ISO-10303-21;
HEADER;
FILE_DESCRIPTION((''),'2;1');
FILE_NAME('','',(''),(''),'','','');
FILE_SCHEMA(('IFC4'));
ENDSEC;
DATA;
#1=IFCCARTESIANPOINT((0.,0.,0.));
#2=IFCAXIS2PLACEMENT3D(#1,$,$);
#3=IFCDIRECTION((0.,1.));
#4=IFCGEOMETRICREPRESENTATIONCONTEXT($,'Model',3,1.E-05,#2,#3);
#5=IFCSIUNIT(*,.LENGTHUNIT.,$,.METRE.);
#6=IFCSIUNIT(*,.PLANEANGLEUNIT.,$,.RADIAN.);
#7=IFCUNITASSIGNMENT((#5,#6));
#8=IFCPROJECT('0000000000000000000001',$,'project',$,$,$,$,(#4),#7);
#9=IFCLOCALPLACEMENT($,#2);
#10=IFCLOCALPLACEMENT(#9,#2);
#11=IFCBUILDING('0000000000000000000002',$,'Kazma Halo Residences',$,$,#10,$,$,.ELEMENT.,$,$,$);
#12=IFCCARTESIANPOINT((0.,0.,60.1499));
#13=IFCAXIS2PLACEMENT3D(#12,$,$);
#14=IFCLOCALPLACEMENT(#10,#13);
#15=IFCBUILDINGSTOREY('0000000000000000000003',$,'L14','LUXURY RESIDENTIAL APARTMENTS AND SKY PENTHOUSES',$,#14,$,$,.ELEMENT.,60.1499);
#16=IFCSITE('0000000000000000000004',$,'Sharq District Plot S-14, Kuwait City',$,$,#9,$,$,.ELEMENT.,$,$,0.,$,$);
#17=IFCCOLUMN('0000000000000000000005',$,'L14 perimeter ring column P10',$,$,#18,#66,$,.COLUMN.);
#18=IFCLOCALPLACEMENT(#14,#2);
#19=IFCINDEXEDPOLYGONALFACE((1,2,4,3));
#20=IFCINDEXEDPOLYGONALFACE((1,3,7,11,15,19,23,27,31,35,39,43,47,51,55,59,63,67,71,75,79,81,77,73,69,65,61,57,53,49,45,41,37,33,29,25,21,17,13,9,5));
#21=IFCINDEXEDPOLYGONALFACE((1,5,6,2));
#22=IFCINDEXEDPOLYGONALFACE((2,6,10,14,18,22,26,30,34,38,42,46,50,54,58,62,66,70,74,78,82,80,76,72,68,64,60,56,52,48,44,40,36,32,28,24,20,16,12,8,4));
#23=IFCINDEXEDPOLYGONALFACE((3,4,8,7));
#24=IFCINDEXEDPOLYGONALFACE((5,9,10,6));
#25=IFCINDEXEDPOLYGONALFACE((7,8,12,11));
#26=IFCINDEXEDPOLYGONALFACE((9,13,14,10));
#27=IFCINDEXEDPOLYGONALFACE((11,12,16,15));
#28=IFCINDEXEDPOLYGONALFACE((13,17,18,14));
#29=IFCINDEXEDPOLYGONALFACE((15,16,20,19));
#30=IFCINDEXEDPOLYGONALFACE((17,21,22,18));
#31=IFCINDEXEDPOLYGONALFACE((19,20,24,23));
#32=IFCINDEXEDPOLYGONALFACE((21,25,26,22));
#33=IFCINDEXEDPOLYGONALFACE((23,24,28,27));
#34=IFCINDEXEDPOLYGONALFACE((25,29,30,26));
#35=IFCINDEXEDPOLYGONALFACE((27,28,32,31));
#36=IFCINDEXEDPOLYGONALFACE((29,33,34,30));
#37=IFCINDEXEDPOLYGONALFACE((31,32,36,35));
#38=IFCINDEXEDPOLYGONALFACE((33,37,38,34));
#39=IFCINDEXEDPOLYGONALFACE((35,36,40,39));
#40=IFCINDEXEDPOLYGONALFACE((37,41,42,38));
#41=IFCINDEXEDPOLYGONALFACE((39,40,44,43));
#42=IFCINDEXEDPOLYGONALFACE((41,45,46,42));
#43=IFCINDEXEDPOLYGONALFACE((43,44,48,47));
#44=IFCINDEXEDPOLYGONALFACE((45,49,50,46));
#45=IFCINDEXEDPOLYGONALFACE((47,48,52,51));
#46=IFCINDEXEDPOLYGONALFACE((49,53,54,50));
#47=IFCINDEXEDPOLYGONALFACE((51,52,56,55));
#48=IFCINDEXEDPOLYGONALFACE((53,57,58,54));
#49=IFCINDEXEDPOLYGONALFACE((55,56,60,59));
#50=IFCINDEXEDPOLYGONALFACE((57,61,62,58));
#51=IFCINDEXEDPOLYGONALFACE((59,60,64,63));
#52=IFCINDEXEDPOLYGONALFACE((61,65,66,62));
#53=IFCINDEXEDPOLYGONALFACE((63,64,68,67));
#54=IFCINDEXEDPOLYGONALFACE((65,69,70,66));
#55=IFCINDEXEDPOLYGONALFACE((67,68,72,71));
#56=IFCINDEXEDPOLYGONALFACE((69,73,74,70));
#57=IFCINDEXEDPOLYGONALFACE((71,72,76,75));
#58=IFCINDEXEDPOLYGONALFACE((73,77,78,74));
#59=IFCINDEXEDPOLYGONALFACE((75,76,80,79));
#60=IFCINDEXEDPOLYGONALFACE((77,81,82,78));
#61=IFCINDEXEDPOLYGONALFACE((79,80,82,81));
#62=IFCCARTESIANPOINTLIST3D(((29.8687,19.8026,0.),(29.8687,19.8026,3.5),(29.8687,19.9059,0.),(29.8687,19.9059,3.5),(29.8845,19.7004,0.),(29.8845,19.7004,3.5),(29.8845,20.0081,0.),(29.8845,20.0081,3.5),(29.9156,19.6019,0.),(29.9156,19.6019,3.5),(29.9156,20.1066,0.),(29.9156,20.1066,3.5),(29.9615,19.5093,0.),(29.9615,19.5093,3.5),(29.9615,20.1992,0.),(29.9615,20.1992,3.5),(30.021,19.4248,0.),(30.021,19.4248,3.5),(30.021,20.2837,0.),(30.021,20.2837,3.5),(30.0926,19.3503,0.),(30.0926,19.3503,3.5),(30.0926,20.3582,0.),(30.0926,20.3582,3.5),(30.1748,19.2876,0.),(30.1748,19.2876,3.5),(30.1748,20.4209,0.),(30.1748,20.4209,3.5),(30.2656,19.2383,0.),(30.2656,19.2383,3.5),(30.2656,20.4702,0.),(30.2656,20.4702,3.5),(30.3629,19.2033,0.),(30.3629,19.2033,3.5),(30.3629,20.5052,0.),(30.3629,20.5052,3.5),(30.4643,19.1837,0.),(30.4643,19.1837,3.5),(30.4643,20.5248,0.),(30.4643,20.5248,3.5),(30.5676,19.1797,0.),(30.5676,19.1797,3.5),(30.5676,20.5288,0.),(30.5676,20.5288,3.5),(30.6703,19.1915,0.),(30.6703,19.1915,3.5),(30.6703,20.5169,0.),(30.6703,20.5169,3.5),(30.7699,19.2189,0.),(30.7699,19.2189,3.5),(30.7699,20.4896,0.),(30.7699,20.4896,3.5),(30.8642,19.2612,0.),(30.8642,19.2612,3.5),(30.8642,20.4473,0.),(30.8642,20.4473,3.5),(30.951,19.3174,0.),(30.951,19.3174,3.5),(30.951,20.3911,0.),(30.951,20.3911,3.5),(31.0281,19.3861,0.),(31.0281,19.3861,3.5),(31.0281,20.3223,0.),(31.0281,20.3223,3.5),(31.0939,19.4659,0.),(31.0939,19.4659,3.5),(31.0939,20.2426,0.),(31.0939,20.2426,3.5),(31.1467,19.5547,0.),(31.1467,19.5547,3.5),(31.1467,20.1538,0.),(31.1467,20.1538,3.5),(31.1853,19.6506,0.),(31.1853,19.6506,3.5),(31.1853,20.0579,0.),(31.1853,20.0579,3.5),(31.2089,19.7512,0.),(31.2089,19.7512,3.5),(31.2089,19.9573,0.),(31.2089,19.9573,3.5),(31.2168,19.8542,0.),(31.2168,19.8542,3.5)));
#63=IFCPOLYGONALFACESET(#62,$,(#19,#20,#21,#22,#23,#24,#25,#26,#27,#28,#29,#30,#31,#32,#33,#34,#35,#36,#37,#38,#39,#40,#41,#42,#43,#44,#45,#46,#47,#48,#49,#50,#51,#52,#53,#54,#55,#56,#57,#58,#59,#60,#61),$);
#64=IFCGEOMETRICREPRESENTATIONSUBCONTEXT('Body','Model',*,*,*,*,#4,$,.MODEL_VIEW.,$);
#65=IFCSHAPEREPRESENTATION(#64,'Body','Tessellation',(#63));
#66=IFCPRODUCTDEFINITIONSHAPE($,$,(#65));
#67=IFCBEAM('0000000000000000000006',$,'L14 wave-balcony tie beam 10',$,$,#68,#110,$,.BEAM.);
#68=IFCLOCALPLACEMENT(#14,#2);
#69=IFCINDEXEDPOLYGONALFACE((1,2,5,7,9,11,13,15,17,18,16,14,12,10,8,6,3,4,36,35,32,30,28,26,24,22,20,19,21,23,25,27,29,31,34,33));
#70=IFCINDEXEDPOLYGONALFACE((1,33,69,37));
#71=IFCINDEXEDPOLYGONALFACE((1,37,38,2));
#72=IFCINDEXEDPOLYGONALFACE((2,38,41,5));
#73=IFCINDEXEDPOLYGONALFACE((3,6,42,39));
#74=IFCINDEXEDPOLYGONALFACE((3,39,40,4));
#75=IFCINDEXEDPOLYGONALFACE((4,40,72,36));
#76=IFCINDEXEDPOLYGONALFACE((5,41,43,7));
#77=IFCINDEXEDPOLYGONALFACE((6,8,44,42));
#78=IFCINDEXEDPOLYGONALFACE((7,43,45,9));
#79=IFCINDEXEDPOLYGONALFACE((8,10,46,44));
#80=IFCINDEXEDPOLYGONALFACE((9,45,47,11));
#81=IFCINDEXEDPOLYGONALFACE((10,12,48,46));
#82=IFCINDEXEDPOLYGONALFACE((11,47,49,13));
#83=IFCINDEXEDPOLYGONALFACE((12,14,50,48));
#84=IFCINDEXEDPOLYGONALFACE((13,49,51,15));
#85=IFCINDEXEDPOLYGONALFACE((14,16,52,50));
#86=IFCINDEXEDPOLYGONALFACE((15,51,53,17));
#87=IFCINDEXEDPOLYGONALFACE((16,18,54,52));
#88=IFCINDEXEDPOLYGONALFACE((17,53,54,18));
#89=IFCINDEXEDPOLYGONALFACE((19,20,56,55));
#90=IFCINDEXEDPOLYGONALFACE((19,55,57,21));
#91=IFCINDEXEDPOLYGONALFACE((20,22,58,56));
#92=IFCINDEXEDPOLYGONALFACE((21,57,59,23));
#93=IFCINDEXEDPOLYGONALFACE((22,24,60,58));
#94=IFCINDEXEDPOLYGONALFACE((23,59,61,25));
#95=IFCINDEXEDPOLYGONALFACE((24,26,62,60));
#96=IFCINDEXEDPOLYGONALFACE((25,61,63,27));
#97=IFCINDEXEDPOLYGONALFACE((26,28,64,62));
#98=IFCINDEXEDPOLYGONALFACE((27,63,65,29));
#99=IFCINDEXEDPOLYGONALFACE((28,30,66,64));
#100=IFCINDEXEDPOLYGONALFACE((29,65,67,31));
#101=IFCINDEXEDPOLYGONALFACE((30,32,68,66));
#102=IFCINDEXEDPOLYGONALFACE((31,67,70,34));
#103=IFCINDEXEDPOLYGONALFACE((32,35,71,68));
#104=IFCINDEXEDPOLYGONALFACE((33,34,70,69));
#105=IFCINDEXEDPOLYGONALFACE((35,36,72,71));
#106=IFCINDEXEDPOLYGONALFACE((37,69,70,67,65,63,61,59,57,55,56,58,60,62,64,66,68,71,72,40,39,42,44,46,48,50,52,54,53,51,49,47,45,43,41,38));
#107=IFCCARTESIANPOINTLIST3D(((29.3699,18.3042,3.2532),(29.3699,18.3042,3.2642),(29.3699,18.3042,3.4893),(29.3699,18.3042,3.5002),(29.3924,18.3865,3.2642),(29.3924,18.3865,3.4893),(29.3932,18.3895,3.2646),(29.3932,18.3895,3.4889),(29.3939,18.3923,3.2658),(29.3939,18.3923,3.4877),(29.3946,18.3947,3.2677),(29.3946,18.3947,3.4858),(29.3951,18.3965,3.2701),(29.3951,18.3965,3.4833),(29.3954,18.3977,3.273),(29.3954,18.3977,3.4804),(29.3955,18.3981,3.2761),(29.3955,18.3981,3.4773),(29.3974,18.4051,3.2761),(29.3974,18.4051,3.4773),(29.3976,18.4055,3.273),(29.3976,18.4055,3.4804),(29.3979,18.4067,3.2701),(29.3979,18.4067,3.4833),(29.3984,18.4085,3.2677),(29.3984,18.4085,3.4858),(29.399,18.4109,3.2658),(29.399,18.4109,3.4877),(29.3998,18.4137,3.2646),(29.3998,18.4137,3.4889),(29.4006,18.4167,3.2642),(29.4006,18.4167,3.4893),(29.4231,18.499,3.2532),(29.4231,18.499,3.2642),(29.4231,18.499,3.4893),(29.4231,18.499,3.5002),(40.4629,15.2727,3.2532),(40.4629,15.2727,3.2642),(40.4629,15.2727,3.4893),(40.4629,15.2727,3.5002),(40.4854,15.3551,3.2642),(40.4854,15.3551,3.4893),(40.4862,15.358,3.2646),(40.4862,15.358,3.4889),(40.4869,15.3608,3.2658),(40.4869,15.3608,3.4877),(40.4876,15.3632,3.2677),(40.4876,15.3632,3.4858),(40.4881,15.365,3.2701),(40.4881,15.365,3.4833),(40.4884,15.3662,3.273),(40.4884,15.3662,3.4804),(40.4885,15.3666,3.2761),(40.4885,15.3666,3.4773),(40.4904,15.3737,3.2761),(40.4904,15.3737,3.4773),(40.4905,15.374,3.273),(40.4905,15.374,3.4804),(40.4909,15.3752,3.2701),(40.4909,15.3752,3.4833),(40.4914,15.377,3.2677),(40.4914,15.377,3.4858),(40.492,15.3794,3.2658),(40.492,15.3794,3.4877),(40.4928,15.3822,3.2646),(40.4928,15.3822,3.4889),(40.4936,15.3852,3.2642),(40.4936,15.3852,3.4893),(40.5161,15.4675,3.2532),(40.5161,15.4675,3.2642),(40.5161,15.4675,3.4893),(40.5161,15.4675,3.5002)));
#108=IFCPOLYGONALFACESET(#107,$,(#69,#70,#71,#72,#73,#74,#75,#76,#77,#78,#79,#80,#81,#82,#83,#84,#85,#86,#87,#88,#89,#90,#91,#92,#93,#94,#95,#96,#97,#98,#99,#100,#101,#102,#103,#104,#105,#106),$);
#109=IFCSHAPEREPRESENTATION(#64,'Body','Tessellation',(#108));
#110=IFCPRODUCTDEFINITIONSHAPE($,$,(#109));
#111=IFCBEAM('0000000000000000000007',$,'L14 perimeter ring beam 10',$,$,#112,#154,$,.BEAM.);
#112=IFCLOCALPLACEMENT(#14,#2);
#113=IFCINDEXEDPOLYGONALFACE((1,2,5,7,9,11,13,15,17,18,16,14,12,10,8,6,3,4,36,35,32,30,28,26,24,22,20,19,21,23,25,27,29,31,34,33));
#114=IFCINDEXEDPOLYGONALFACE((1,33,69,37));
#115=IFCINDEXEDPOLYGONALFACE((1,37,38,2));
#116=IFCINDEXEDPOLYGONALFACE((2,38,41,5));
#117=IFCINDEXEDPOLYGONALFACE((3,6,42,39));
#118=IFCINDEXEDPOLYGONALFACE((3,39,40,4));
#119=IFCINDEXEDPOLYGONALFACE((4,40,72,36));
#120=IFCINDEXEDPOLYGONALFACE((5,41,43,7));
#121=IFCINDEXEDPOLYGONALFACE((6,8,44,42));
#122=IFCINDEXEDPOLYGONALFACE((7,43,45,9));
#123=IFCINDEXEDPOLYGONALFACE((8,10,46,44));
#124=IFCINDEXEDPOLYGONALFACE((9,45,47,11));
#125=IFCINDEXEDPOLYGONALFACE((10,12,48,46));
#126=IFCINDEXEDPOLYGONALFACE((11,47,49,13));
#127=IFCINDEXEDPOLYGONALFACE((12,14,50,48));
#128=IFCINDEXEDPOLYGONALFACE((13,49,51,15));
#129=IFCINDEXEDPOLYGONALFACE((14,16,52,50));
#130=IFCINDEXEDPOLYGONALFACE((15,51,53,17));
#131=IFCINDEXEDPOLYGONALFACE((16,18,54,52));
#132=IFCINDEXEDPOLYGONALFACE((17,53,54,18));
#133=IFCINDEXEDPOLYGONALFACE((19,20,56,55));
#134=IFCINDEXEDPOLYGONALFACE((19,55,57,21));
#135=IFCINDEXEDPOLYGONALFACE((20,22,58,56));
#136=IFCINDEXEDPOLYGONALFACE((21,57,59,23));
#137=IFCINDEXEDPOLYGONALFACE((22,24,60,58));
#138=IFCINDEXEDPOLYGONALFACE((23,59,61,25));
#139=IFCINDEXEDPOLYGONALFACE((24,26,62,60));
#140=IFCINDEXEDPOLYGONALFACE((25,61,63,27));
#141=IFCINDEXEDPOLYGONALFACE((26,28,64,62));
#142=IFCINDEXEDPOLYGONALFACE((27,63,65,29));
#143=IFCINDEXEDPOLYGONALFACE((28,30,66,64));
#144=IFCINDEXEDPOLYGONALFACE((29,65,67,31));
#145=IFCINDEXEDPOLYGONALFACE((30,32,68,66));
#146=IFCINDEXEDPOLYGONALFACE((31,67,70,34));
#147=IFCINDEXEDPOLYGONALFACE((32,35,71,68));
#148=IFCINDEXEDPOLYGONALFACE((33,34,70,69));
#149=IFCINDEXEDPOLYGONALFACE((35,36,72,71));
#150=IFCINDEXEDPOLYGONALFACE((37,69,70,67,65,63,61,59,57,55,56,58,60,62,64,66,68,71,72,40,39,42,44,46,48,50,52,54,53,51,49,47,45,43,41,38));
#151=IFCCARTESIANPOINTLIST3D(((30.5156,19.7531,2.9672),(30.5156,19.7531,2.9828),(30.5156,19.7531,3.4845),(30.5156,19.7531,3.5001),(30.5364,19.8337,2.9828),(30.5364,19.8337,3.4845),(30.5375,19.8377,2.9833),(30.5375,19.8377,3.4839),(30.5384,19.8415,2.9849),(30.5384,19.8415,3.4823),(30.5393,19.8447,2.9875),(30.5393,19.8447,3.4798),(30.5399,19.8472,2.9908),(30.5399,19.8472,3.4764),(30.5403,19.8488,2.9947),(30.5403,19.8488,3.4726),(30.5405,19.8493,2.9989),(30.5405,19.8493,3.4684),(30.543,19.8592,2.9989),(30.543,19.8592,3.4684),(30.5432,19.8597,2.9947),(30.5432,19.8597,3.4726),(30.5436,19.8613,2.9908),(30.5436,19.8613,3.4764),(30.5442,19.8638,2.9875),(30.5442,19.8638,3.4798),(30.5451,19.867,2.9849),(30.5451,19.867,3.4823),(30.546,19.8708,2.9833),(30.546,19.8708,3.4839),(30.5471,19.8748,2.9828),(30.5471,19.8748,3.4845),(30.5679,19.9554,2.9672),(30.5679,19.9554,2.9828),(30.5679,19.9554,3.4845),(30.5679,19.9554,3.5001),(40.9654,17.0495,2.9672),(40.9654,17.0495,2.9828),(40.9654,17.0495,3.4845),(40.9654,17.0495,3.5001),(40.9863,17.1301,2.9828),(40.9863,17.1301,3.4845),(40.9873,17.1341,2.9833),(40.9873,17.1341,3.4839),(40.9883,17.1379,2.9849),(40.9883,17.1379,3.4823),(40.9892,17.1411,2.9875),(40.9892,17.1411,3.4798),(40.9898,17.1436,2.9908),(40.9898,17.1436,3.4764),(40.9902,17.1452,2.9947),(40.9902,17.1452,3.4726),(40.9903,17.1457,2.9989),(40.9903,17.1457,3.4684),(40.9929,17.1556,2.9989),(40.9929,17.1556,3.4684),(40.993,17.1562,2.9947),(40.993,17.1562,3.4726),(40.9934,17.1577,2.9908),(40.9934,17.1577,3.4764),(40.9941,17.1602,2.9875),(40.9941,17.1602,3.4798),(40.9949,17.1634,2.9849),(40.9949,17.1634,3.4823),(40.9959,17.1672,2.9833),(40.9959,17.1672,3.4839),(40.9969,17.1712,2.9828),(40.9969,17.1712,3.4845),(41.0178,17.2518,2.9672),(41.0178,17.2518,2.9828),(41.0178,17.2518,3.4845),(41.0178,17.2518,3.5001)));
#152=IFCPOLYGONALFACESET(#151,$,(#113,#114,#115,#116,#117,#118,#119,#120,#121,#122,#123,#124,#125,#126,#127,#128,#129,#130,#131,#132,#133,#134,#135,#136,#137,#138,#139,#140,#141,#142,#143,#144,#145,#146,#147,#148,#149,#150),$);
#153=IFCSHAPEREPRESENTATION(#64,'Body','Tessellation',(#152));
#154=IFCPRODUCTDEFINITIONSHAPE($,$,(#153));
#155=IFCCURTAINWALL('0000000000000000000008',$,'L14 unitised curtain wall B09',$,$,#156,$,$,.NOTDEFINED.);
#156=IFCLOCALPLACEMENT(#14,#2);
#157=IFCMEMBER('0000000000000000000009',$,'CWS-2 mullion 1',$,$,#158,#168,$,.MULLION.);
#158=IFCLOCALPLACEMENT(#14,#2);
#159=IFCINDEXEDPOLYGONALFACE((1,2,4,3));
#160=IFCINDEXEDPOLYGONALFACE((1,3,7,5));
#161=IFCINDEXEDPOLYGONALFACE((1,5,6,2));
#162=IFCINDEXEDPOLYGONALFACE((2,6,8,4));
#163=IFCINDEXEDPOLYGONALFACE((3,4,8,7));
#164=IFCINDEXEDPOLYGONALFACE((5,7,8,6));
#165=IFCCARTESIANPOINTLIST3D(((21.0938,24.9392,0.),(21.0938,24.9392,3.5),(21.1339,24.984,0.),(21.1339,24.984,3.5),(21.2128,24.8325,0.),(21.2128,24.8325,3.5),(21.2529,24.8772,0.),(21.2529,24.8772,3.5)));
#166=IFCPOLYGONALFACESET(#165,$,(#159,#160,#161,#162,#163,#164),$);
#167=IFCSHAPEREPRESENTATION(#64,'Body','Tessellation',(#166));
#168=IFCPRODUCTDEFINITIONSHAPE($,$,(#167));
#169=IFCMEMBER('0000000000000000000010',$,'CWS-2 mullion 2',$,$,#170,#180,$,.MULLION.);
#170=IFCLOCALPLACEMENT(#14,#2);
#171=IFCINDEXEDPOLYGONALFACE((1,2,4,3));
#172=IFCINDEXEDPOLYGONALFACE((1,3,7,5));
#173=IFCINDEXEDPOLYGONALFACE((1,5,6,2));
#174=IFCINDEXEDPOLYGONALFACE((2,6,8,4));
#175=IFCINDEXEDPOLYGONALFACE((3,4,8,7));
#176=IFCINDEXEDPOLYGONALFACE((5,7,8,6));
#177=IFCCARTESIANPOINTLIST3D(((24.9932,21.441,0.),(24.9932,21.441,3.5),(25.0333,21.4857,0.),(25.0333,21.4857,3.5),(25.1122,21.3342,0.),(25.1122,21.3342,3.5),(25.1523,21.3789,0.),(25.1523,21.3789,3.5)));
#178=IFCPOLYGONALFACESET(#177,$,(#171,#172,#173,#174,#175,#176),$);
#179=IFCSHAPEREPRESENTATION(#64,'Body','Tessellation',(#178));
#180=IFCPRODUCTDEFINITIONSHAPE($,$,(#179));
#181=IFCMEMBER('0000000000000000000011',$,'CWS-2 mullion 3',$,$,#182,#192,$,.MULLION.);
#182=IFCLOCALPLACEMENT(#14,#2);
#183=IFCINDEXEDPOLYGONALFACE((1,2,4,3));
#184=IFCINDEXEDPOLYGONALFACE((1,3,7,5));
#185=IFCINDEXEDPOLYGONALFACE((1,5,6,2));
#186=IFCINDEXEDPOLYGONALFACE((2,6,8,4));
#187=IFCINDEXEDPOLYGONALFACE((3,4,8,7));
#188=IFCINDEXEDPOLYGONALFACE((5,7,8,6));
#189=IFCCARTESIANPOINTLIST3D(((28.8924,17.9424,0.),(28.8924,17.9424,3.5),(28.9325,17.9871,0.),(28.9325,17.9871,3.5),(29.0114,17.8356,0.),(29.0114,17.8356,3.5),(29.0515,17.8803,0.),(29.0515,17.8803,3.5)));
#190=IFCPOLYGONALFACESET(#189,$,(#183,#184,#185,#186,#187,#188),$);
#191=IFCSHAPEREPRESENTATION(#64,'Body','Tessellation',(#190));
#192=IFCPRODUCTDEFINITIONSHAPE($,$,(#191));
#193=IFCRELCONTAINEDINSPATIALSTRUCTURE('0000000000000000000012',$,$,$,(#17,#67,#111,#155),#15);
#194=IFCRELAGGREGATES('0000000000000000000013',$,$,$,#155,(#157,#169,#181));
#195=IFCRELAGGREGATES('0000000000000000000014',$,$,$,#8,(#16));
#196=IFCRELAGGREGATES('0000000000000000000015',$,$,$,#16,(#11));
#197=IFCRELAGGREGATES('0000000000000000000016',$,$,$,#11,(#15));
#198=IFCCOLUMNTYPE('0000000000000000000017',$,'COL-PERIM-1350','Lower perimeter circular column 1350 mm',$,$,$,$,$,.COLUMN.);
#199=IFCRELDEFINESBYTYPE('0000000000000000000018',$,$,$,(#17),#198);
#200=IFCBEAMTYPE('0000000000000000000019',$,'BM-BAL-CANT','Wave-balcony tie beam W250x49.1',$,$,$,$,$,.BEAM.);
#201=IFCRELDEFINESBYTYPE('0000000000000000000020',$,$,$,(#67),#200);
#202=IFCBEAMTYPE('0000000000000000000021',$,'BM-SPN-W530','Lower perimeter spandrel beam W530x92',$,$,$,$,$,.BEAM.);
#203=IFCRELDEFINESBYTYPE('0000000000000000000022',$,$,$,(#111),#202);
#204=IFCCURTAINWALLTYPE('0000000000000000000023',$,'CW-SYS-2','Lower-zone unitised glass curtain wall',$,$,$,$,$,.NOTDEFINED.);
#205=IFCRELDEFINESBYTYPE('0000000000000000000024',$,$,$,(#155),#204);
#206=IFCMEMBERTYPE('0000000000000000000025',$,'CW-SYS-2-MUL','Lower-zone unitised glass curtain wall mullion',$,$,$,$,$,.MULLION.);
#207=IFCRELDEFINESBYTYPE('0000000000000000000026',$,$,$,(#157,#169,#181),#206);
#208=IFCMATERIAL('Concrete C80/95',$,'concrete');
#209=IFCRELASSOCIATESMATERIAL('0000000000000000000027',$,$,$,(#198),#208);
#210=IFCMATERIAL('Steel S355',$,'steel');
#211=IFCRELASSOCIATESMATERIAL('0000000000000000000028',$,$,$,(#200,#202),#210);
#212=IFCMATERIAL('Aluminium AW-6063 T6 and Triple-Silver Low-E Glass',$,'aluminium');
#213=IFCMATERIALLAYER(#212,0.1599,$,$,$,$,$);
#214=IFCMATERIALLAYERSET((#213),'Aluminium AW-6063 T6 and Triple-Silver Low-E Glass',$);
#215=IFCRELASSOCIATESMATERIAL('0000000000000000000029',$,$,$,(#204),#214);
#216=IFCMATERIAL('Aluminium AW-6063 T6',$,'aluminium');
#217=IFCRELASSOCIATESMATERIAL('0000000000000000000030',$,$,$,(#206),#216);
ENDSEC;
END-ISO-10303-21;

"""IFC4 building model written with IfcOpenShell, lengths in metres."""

from ifc_helpers import new_model, si_unit, direction, frame, origin, origin_2d, place, context, subcontext, project, spatial, rectangle, circle, i_section, extrude, material, layer, layer_set, material_profile, profile_set, type_object, element, aggregate, save


model = new_model("IFC4")

# Units and contexts
model_context = context("Model", 3, precision=1e-05, world=origin(), true_north=direction((0.0, 1.0)))
body_context = subcontext(model_context, "Body", "Model", "MODEL_VIEW")
ifc_project = project(units=[si_unit("LENGTHUNIT", "METRE"), si_unit("PLANEANGLEUNIT", "RADIAN")], contexts=[model_context])

# Site, building, storey
site_placement = place(None, origin())
site = spatial("IfcSite", under=ifc_project, at=site_placement, Name="Sharq District Plot S-14, Kuwait City", CompositionType="ELEMENT", RefElevation=0.0)
building_placement = place(site_placement, origin())
building = spatial("IfcBuilding", under=site, at=building_placement, Name="Kazma Halo Residences", CompositionType="ELEMENT")
storey_placement = place(building_placement, frame((0.0, 0.0, 60.1499)))
storey = spatial("IfcBuildingStorey", under=building, at=storey_placement, Name="L14", Description="LUXURY RESIDENTIAL APARTMENTS AND SKY PENTHOUSES", CompositionType="ELEMENT", Elevation=60.1499)

# Column
ifc_material_1 = material(Name="Concrete C80/95", Category="concrete")
ifc_material_profile_1 = material_profile(ifc_material_1, circle(Radius=0.675, at=origin_2d()), Name="CIRC1350")
ifc_profile_set_1 = profile_set([ifc_material_profile_1], Name="Concrete C80/95")
column_type = type_object("IfcColumnType", Name="COL-PERIM-1350", Description="Lower perimeter circular column 1350 mm", PredefinedType="COLUMN", material=ifc_profile_set_1)
column_placement = place(storey_placement, frame((30.5417, 19.8542, 0.0), z_axis=(0.0, 0.0, 1.0), x_axis=(1.0, 0.0, 0.0)))
element("IfcColumn", 1, at=column_placement, inside=storey, type_object=column_type, Name="L14 perimeter ring column P10", PredefinedType="COLUMN", context=body_context, shape_type="SweptSolid", body=[
    extrude(circle(Radius=0.675, at=origin_2d()), origin(), (0.0, 0.0, 1.0), 3.5),
])

# Beams
ifc_material_2 = material(Name="Steel S355", Category="steel")
ifc_material_profile_2 = material_profile(ifc_material_2, i_section(OverallWidth=0.2019, OverallDepth=0.2471, WebThickness=0.0073, FlangeThickness=0.011, FilletRadius=0.012, at=origin_2d()), Name="W250x49.1")
ifc_profile_set_2 = profile_set([ifc_material_profile_2], Name="Steel S355")
beam_type_1 = type_object("IfcBeamType", Name="BM-BAL-CANT", Description="Wave-balcony tie beam W250x49.1", PredefinedType="BEAM", material=ifc_profile_set_2)
beam_1_placement = place(storey_placement, frame((29.3965, 18.4016, 3.3767), z_axis=(0.964628, -0.263613, 0.0), x_axis=(0.263613, 0.964628, 0.0)))
element("IfcBeam", 2, at=beam_1_placement, inside=storey, type_object=beam_type_1, Name="L14 wave-balcony tie beam 10", PredefinedType="BEAM", context=body_context, shape_type="SweptSolid", body=[
    extrude(i_section(OverallWidth=0.2019, OverallDepth=0.2471, WebThickness=0.0073, FlangeThickness=0.011, FilletRadius=0.012, at=origin_2d()), origin(), (0.0, 0.0, 1.0), 11.4998),
])
ifc_material_profile_3 = material_profile(ifc_material_2, i_section(OverallWidth=0.209, OverallDepth=0.533, WebThickness=0.0103, FlangeThickness=0.0156, FilletRadius=0.0161, at=origin_2d()), Name="W530x92")
ifc_profile_set_3 = profile_set([ifc_material_profile_3], Name="Steel S355")
beam_type_2 = type_object("IfcBeamType", Name="BM-SPN-W530", Description="Lower perimeter spandrel beam W530x92", PredefinedType="BEAM", material=ifc_profile_set_3)
beam_2_placement = place(storey_placement, frame((30.5417, 19.8542, 3.2336), z_axis=(0.968124, -0.250473, 0.0), x_axis=(0.250473, 0.968124, 0.0)))
element("IfcBeam", 3, at=beam_2_placement, inside=storey, type_object=beam_type_2, Name="L14 perimeter ring beam 10", PredefinedType="BEAM", context=body_context, shape_type="SweptSolid", body=[
    extrude(i_section(OverallWidth=0.209, OverallDepth=0.533, WebThickness=0.0103, FlangeThickness=0.0156, FilletRadius=0.0161, at=origin_2d()), origin(), (0.0, 0.0, 1.0), 10.7939),
])

# Curtain wall, members
ifc_material_3 = material(Name="Aluminium AW-6063 T6 and Triple-Silver Low-E Glass", Category="aluminium")
ifc_layer_1 = layer(ifc_material_3, 0.1599)
ifc_layer_set_1 = layer_set([ifc_layer_1], Name="Aluminium AW-6063 T6 and Triple-Silver Low-E Glass")
curtain_wall_type = type_object("IfcCurtainWallType", Name="CW-SYS-2", Description="Lower-zone unitised glass curtain wall", PredefinedType="NOTDEFINED", material=ifc_layer_set_1)
curtain_wall_placement = place(storey_placement, origin())
curtain_wall = element("IfcCurtainWall", 4, at=curtain_wall_placement, inside=storey, type_object=curtain_wall_type, Name="L14 unitised curtain wall B09", PredefinedType="NOTDEFINED")
ifc_material_4 = material(Name="Aluminium AW-6063 T6", Category="aluminium")
ifc_material_profile_4 = material_profile(ifc_material_4, rectangle(XDim=0.0601, YDim=0.1599, at=origin_2d()), Name="CWM-60x160")
ifc_profile_set_4 = profile_set([ifc_material_profile_4], Name="Aluminium AW-6063 T6")
member_type_1 = type_object("IfcMemberType", Name="CW-SYS-2-MUL", Description="Lower-zone unitised glass curtain wall mullion", PredefinedType="MULLION", material=ifc_profile_set_4)
member_1_placement = place(storey_placement, frame((21.1733, 24.9082, 0.0), z_axis=(0.0, 0.0, 1.0), x_axis=(0.667821, 0.744322, 0.0)))
member_1 = element("IfcMember", 5, at=member_1_placement, type_object=member_type_1, Name="CWS-2 mullion 1", PredefinedType="MULLION", context=body_context, shape_type="SweptSolid", body=[
    extrude(rectangle(XDim=0.0601, YDim=0.1599, at=origin_2d()), origin(), (0.0, 0.0, 1.0), 3.5),
])
member_2_placement = place(storey_placement, frame((25.0728, 21.4099, 0.0), z_axis=(0.0, 0.0, 1.0), x_axis=(0.667821, 0.744322, 0.0)))
member_2 = element("IfcMember", 6, at=member_2_placement, type_object=member_type_1, Name="CWS-2 mullion 2", PredefinedType="MULLION", context=body_context, shape_type="SweptSolid", body=[
    extrude(rectangle(XDim=0.0601, YDim=0.1599, at=origin_2d()), origin(), (0.0, 0.0, 1.0), 3.5),
])
member_3_placement = place(storey_placement, frame((28.9719, 17.9114, 0.0), z_axis=(0.0, 0.0, 1.0), x_axis=(0.667821, 0.744322, 0.0)))
member_3 = element("IfcMember", 7, at=member_3_placement, type_object=member_type_1, Name="CWS-2 mullion 3", PredefinedType="MULLION", context=body_context, shape_type="SweptSolid", body=[
    extrude(rectangle(XDim=0.0601, YDim=0.1599, at=origin_2d()), origin(), (0.0, 0.0, 1.0), 3.5),
])
aggregate(curtain_wall, [member_1, member_2, member_3])

save(model, "model.ifc")
